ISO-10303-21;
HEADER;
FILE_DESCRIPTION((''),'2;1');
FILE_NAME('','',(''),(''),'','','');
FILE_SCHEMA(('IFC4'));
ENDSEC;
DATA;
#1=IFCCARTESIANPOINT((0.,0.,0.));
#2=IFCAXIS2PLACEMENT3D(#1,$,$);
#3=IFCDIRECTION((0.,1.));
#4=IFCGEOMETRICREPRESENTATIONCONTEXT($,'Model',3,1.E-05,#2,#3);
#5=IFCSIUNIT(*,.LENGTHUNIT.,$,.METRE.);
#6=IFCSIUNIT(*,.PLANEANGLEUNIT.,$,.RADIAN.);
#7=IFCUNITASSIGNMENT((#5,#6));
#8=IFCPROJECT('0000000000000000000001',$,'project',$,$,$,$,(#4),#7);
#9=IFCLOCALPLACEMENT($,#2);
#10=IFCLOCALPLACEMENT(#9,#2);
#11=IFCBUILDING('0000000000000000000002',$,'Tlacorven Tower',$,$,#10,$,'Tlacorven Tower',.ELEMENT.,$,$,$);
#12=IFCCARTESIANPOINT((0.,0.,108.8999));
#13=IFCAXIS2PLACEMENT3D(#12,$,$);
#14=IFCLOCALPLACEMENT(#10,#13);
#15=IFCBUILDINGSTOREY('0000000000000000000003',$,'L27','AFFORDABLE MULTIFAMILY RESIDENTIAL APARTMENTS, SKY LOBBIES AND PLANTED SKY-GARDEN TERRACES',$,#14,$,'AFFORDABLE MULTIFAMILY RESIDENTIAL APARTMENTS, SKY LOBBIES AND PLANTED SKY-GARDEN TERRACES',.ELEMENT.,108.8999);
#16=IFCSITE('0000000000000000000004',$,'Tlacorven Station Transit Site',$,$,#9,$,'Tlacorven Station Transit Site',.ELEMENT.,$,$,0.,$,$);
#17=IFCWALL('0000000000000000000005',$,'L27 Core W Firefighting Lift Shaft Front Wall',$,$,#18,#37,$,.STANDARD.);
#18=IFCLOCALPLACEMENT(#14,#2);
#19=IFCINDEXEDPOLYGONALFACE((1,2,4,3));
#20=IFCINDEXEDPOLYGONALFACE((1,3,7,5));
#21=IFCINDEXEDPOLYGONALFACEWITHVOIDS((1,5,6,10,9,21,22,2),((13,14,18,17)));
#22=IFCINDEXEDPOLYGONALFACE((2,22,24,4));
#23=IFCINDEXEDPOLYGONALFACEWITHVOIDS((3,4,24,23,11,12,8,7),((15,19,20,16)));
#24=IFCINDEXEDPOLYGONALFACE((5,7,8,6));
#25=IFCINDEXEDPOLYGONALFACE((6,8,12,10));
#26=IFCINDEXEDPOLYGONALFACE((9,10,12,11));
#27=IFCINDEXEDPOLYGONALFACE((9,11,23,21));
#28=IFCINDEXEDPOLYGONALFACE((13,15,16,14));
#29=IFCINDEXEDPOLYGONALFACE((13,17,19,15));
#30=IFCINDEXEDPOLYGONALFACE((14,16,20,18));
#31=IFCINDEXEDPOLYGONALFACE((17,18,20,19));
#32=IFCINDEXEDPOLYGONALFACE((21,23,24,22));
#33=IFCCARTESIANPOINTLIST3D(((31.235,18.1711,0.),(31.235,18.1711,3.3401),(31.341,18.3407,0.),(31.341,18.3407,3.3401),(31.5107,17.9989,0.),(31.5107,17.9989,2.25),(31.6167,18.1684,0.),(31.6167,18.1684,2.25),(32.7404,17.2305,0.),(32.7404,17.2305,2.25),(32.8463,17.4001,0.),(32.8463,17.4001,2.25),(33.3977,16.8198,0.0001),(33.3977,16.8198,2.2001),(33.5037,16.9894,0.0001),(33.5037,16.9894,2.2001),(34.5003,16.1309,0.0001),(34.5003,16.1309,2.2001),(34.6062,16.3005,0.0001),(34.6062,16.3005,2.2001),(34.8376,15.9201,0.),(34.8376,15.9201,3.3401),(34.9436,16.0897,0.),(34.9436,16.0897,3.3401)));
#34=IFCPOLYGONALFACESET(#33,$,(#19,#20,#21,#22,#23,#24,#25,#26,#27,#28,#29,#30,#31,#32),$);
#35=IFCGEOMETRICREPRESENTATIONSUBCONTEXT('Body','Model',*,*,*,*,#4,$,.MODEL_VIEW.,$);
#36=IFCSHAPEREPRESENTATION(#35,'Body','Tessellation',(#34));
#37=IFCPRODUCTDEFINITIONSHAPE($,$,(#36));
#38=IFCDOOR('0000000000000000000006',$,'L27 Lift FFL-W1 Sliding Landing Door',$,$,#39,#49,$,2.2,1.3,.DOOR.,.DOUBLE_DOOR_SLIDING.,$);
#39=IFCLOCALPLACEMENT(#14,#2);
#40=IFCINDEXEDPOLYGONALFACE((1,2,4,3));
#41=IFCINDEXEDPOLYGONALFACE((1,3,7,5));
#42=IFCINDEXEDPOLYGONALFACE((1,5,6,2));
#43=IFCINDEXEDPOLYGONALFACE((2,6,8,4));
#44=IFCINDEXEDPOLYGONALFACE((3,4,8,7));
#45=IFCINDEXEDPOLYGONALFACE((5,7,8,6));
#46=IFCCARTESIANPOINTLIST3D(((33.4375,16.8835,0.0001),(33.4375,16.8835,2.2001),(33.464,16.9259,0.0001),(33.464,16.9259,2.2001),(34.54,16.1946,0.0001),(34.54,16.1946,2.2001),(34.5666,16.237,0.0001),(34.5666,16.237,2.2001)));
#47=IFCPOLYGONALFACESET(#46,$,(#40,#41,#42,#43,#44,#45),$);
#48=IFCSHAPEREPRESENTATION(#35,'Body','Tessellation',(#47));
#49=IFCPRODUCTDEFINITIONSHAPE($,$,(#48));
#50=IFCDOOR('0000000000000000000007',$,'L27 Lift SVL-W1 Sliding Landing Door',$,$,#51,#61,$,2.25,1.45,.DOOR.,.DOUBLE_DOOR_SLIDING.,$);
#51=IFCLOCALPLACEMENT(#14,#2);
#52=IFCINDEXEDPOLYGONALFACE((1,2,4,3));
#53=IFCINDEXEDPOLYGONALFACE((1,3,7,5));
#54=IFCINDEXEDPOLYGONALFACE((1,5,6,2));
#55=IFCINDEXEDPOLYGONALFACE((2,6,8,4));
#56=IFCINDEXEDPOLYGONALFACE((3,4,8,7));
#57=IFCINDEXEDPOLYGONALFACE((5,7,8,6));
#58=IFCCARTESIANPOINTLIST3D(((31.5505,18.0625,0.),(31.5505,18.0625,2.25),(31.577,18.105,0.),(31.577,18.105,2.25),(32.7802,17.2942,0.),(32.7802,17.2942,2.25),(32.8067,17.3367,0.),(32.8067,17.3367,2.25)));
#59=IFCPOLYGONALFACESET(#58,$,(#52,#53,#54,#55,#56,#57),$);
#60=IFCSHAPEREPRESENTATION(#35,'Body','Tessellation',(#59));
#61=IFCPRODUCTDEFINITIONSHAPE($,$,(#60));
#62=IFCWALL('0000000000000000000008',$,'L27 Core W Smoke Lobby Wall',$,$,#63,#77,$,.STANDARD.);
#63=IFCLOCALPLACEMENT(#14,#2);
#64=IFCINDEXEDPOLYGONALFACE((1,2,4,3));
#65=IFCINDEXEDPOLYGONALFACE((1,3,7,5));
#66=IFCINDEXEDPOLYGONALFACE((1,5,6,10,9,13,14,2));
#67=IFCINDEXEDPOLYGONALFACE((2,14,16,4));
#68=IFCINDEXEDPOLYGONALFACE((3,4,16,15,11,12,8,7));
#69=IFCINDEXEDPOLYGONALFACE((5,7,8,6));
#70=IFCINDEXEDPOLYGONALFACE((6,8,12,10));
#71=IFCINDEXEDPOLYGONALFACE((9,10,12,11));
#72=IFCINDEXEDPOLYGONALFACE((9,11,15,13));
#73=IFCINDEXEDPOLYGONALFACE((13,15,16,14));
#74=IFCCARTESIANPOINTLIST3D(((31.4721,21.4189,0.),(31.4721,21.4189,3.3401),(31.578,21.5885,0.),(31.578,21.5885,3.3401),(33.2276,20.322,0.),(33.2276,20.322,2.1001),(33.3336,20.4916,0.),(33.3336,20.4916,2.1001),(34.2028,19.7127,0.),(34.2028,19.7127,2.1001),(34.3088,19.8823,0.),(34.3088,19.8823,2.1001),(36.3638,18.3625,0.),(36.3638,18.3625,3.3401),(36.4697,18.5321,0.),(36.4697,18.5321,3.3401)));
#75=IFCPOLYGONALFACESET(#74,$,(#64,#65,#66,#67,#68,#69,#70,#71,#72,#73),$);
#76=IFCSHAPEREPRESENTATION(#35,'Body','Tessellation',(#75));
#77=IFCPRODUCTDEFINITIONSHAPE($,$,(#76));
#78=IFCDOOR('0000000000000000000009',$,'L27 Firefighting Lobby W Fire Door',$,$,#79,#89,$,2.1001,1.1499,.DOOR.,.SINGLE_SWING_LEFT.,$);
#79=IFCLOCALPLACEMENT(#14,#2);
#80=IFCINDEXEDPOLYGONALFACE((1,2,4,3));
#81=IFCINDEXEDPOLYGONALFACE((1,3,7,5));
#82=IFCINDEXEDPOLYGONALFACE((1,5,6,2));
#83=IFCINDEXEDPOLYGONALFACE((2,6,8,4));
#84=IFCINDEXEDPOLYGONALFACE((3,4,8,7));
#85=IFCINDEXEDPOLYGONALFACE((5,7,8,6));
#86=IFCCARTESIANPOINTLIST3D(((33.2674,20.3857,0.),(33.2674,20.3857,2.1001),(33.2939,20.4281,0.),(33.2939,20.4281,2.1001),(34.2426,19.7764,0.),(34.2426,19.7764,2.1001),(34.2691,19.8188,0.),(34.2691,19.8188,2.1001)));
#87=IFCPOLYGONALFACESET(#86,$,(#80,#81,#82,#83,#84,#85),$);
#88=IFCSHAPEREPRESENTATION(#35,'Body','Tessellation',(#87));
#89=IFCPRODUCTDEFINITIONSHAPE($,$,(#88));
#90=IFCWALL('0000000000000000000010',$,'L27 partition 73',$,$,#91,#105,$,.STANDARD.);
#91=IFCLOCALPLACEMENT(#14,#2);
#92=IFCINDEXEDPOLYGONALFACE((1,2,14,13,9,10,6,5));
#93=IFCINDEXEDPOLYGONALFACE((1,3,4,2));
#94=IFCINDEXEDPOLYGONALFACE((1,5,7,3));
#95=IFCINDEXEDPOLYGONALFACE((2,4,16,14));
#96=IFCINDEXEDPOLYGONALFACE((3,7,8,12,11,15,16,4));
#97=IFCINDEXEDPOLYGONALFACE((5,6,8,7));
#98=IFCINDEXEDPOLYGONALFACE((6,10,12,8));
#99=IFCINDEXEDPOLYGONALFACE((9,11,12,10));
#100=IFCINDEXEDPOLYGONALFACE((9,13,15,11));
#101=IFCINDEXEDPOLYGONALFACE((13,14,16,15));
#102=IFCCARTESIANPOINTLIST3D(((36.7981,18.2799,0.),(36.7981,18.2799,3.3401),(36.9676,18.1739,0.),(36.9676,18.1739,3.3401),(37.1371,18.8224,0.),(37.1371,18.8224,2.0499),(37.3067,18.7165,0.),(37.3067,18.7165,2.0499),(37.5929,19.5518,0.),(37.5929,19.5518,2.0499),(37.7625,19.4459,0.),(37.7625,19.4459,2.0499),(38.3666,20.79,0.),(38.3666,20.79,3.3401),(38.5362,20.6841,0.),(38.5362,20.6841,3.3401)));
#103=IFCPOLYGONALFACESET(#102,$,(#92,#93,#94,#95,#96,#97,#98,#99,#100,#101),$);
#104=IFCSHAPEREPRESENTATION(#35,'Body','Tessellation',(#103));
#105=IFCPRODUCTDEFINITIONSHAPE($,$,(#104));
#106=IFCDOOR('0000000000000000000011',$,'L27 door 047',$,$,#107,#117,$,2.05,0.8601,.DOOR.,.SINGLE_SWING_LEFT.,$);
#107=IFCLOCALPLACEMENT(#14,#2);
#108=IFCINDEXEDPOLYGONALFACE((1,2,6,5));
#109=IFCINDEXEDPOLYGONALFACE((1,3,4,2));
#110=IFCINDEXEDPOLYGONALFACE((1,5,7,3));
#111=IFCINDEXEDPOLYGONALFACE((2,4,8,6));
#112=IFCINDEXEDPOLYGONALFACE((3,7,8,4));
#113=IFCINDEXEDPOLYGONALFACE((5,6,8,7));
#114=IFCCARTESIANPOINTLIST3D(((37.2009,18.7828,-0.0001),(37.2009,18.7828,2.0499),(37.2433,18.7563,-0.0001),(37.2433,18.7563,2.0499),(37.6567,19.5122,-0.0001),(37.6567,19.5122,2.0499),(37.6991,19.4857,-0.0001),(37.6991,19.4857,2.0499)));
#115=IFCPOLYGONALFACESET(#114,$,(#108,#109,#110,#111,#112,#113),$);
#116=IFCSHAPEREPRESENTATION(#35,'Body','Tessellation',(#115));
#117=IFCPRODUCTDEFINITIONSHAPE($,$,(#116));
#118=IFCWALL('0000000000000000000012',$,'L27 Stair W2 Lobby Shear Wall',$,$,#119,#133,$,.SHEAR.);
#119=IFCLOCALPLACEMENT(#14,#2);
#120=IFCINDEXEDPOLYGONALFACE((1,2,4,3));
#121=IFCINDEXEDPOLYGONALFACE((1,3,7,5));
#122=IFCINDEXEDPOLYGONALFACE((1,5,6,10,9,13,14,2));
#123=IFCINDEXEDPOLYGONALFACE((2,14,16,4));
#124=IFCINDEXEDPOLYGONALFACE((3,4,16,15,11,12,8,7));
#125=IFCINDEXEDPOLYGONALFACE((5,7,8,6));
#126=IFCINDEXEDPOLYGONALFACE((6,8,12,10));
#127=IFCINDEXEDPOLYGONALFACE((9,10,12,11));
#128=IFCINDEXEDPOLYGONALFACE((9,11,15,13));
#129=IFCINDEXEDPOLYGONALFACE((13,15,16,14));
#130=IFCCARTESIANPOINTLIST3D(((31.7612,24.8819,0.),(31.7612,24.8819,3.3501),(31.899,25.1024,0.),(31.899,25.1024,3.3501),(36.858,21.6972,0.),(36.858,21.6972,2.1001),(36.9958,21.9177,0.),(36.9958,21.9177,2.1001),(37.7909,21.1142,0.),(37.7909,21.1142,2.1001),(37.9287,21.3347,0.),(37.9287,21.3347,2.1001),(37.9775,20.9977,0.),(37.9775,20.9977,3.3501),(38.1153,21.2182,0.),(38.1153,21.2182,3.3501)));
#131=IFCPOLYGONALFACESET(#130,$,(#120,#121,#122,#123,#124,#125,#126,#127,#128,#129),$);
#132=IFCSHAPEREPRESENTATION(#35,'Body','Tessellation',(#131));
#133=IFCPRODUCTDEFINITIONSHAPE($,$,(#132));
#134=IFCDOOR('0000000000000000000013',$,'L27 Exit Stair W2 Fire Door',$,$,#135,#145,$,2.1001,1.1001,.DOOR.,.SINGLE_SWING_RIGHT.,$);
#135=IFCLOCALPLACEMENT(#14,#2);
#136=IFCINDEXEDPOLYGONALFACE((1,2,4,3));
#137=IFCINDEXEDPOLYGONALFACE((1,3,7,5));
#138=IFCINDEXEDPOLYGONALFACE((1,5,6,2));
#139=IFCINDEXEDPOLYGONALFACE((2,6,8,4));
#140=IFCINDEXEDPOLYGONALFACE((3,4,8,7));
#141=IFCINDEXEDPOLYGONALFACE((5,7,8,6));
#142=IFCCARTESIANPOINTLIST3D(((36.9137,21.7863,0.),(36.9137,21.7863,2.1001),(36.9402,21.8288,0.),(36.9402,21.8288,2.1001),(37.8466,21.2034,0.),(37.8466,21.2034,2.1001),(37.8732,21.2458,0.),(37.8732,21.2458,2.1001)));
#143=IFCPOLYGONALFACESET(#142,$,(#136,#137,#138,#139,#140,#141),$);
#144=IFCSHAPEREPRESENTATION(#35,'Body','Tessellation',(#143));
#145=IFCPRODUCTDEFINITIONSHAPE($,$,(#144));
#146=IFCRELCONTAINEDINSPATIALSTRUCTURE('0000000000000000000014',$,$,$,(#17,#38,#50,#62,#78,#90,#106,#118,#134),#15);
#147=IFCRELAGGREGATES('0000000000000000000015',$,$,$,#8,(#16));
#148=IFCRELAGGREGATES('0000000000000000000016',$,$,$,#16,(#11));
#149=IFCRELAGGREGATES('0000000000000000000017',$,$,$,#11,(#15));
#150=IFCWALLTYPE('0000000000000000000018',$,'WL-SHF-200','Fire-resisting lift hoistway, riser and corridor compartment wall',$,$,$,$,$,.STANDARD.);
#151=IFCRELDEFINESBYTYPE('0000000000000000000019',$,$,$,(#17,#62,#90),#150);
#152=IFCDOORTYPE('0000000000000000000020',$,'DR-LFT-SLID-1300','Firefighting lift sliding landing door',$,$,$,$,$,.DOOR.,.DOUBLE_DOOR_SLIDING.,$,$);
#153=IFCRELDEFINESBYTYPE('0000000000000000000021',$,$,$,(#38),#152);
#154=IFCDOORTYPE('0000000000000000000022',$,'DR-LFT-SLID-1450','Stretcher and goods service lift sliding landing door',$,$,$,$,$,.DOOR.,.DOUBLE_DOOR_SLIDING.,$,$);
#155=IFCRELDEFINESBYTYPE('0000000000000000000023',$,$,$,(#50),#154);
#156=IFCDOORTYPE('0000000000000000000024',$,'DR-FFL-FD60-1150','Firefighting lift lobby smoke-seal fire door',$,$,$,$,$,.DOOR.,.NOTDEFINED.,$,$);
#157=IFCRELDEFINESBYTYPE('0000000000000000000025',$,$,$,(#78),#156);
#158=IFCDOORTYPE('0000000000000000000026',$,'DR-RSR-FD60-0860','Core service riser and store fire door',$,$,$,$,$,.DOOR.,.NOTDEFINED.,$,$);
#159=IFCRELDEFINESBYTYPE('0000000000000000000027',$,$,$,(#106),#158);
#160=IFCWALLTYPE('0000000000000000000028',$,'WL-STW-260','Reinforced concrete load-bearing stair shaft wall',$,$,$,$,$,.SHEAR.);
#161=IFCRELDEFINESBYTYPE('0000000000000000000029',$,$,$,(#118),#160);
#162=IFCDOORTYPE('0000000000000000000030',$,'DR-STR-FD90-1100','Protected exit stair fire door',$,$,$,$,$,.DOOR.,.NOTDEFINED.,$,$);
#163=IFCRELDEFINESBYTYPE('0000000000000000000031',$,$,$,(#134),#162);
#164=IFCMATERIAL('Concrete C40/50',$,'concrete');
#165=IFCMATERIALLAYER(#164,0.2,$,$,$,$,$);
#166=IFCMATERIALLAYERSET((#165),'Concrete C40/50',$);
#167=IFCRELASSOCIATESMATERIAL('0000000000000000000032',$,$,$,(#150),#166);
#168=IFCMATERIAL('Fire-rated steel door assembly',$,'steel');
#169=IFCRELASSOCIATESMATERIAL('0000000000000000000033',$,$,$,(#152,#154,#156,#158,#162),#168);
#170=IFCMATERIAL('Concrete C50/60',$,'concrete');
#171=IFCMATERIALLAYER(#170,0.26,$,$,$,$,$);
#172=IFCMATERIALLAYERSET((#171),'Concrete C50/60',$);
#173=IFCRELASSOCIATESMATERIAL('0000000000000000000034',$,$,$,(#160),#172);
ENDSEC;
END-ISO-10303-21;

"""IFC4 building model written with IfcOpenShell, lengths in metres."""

from ifc_helpers import new_model, si_unit, direction, frame, frame_2d, origin, place, context, subcontext, project, spatial, rectangle, extrude, source, transform, mapped, material, layer, layer_set, type_object, element, fill, save


model = new_model("IFC4")

# Units and contexts
model_context = context("Model", 3, precision=1e-05, world=origin(), true_north=direction((0.0, 1.0)))
body_context = subcontext(model_context, "Body", "Model", "MODEL_VIEW")
ifc_project = project(units=[si_unit("LENGTHUNIT", "METRE"), si_unit("PLANEANGLEUNIT", "RADIAN")], contexts=[model_context])

# Site, building, storey
site_placement = place(None, origin())
site = spatial("IfcSite", under=ifc_project, at=site_placement, Name="Tlacorven Station Transit Site", LongName="Tlacorven Station Transit Site", CompositionType="ELEMENT", RefElevation=0.0)
building_placement = place(site_placement, origin())
building = spatial("IfcBuilding", under=site, at=building_placement, Name="Tlacorven Tower", LongName="Tlacorven Tower", CompositionType="ELEMENT")
storey_placement = place(building_placement, frame((0.0, 0.0, 108.8999)))
storey = spatial("IfcBuildingStorey", under=building, at=storey_placement, Name="L27", Description="AFFORDABLE MULTIFAMILY RESIDENTIAL APARTMENTS, SKY LOBBIES AND PLANTED SKY-GARDEN TERRACES", LongName="AFFORDABLE MULTIFAMILY RESIDENTIAL APARTMENTS, SKY LOBBIES AND PLANTED SKY-GARDEN TERRACES", CompositionType="ELEMENT", Elevation=108.8999)

# Shared definitions
ifc_material_1 = material(Name="Fire-rated steel door assembly", Category="steel")

# Wall, openings, doors
ifc_material_2 = material(Name="Concrete C40/50", Category="concrete")
ifc_layer_1 = layer(ifc_material_2, 0.2)
ifc_layer_set_1 = layer_set([ifc_layer_1], Name="Concrete C40/50")
wall_type_1 = type_object("IfcWallType", Name="WL-SHF-200", Description="Fire-resisting lift hoistway, riser and corridor compartment wall", PredefinedType="STANDARD", material=ifc_layer_set_1)
wall_1_placement = place(storey_placement, frame((34.8906, 16.0049, 0.0), z_axis=(0.0, 0.0, 1.0), x_axis=(-0.848063, 0.529896, 0.0)))
wall_1 = element("IfcWall", 1, at=wall_1_placement, inside=storey, type_object=wall_type_1, Name="L27 Core W Firefighting Lift Shaft Front Wall", PredefinedType="STANDARD", context=body_context, shape_type="SweptSolid", body=[
    extrude(rectangle(XDim=4.248, YDim=0.2, at=frame_2d((2.124, 0.0))), origin(), (0.0, 0.0, 1.0), 3.3401),
])
opening_1_placement = place(wall_1_placement, frame((0.3979, 0.0, 0.0)))
opening_1 = element("IfcOpeningElement", 2, at=opening_1_placement, cuts=wall_1, PredefinedType="OPENING", context=body_context, shape_type="SweptSolid", body=[
    extrude(rectangle(XDim=1.3, YDim=2.2, at=frame_2d((0.6499, 1.1001))), frame((0.0, 0.1099, 0.0), z_axis=(0.0, -1.0, 0.0), x_axis=(1.0, 0.0, 0.0)), (0.0, 0.0, 1.0), 0.22),
])
opening_2_placement = place(wall_1_placement, frame((2.4729, 0.0, 0.0)))
opening_2 = element("IfcOpeningElement", 3, at=opening_2_placement, cuts=wall_1, PredefinedType="OPENING", context=body_context, shape_type="SweptSolid", body=[
    extrude(rectangle(XDim=1.45, YDim=2.25, at=frame_2d((0.7251, 1.125))), frame((0.0, 0.1099, 0.0), z_axis=(0.0, -1.0, 0.0), x_axis=(1.0, 0.0, 0.0)), (0.0, 0.0, 1.0), 0.22),
])
door_type_1 = type_object("IfcDoorType", Name="DR-LFT-SLID-1300", Description="Firefighting lift sliding landing door", OperationType="DOUBLE_DOOR_SLIDING", PredefinedType="DOOR", material=ifc_material_1)
shared_shape_1 = source(origin(), body_context, "Body", "SweptSolid", [
    extrude(rectangle(XDim=1.3, YDim=2.2, at=frame_2d((0.6499, 1.1001))), frame((0.0, 0.0249, 0.0), z_axis=(0.0, -1.0, 0.0), x_axis=(1.0, 0.0, 0.0)), (0.0, 0.0, 1.0), 0.05),
])
door_1_placement = place(opening_1_placement, origin())
door_1 = element("IfcDoor", 4, at=door_1_placement, inside=storey, type_object=door_type_1, Name="L27 Lift FFL-W1 Sliding Landing Door", OperationType="DOUBLE_DOOR_SLIDING", OverallHeight=2.2, OverallWidth=1.3, PredefinedType="DOOR", context=body_context, shape_type="MappedRepresentation", body=[
    mapped(shared_shape_1, transform((0.0, 0.0, 0.0), scale=1.0)),
])
fill(opening_1, door_1)
door_type_2 = type_object("IfcDoorType", Name="DR-LFT-SLID-1450", Description="Stretcher and goods service lift sliding landing door", OperationType="DOUBLE_DOOR_SLIDING", PredefinedType="DOOR", material=ifc_material_1)
shared_shape_2 = source(origin(), body_context, "Body", "SweptSolid", [
    extrude(rectangle(XDim=1.45, YDim=2.25, at=frame_2d((0.7251, 1.125))), frame((0.0, 0.0249, 0.0), z_axis=(0.0, -1.0, 0.0), x_axis=(1.0, 0.0, 0.0)), (0.0, 0.0, 1.0), 0.05),
])
door_2_placement = place(opening_2_placement, origin())
door_2 = element("IfcDoor", 5, at=door_2_placement, inside=storey, type_object=door_type_2, Name="L27 Lift SVL-W1 Sliding Landing Door", OperationType="DOUBLE_DOOR_SLIDING", OverallHeight=2.25, OverallWidth=1.45, PredefinedType="DOOR", context=body_context, shape_type="MappedRepresentation", body=[
    mapped(shared_shape_2, transform((0.0, 0.0, 0.0), scale=1.0)),
])
fill(opening_2, door_2)

# Walls, openings, doors
wall_2_placement = place(storey_placement, frame((36.4167, 18.4473, 0.0), z_axis=(0.0, 0.0, 1.0), x_axis=(-0.848065, 0.529892, 0.0)))
wall_2 = element("IfcWall", 6, at=wall_2_placement, inside=storey, type_object=wall_type_1, Name="L27 Core W Smoke Lobby Wall", PredefinedType="STANDARD", context=body_context, shape_type="SweptSolid", body=[
    extrude(rectangle(XDim=5.7681, YDim=0.2, at=frame_2d((2.884, 0.0))), origin(), (0.0, 0.0, 1.0), 3.3401),
])
opening_3_placement = place(wall_2_placement, frame((2.5481, 0.0, 0.0)))
opening_3 = element("IfcOpeningElement", 7, at=opening_3_placement, cuts=wall_2, PredefinedType="OPENING", context=body_context, shape_type="SweptSolid", body=[
    extrude(rectangle(XDim=1.1499, YDim=2.1001, at=frame_2d((0.575, 1.05))), frame((0.0, 0.1099, 0.0), z_axis=(0.0, -1.0, 0.0), x_axis=(1.0, 0.0, 0.0)), (0.0, 0.0, 1.0), 0.22),
])
door_type_3 = type_object("IfcDoorType", Name="DR-FFL-FD60-1150", Description="Firefighting lift lobby smoke-seal fire door", OperationType="NOTDEFINED", PredefinedType="DOOR", material=ifc_material_1)
shared_shape_3 = source(origin(), body_context, "Body", "SweptSolid", [
    extrude(rectangle(XDim=1.1499, YDim=2.1001, at=frame_2d((0.575, 1.05))), frame((0.0, 0.0249, 0.0), z_axis=(0.0, -1.0, 0.0), x_axis=(1.0, 0.0, 0.0)), (0.0, 0.0, 1.0), 0.05),
])
door_3_placement = place(opening_3_placement, origin())
door_3 = element("IfcDoor", 8, at=door_3_placement, inside=storey, type_object=door_type_3, Name="L27 Firefighting Lobby W Fire Door", OperationType="SINGLE_SWING_LEFT", OverallHeight=2.1001, OverallWidth=1.1499, PredefinedType="DOOR", context=body_context, shape_type="MappedRepresentation", body=[
    mapped(shared_shape_3, transform((0.0, 0.0, 0.0), scale=1.0)),
])
fill(opening_3, door_3)
wall_3_placement = place(storey_placement, frame((38.4514, 20.7371, 0.0), z_axis=(0.0, 0.0, 1.0), x_axis=(-0.529925, -0.848045, 0.0)))
wall_3 = element("IfcWall", 9, at=wall_3_placement, inside=storey, type_object=wall_type_1, Name="L27 partition 73", PredefinedType="STANDARD", context=body_context, shape_type="SweptSolid", body=[
    extrude(rectangle(XDim=2.96, YDim=0.2, at=frame_2d((1.48, 0.0))), origin(), (0.0, 0.0, 1.0), 3.3401),
])
opening_4_placement = place(wall_3_placement, frame((1.46, 0.0, 0.0)))
opening_4 = element("IfcOpeningElement", 10, at=opening_4_placement, cuts=wall_3, PredefinedType="OPENING", context=body_context, shape_type="SweptSolid", body=[
    extrude(rectangle(XDim=0.8601, YDim=2.05, at=frame_2d((0.4302, 1.0249))), frame((0.0, 0.1099, 0.0), z_axis=(0.0, -1.0, 0.0), x_axis=(1.0, 0.0, 0.0)), (0.0, 0.0, 1.0), 0.22),
])
door_type_4 = type_object("IfcDoorType", Name="DR-RSR-FD60-0860", Description="Core service riser and store fire door", OperationType="NOTDEFINED", PredefinedType="DOOR", material=ifc_material_1)
shared_shape_4 = source(origin(), body_context, "Body", "SweptSolid", [
    extrude(rectangle(XDim=0.8601, YDim=2.05, at=frame_2d((0.4302, 1.0249))), frame((0.0, 0.0249, 0.0), z_axis=(0.0, -1.0, 0.0), x_axis=(1.0, 0.0, 0.0)), (0.0, 0.0, 1.0), 0.05),
])
door_4_placement = place(opening_4_placement, frame((0.8601, 0.0, 0.0), z_axis=(0.0, 0.0, 1.0), x_axis=(-1.0, 0.0, 0.0)))
door_4 = element("IfcDoor", 11, at=door_4_placement, inside=storey, type_object=door_type_4, Name="L27 door 047", OperationType="SINGLE_SWING_LEFT", OverallHeight=2.05, OverallWidth=0.8601, PredefinedType="DOOR", context=body_context, shape_type="MappedRepresentation", body=[
    mapped(shared_shape_4, transform((0.0, 0.0, 0.0), scale=1.0)),
])
fill(opening_4, door_4)
ifc_material_3 = material(Name="Concrete C50/60", Category="concrete")
ifc_layer_2 = layer(ifc_material_3, 0.26)
ifc_layer_set_2 = layer_set([ifc_layer_2], Name="Concrete C50/60")
wall_type_2 = type_object("IfcWallType", Name="WL-STW-260", Description="Reinforced concrete load-bearing stair shaft wall", PredefinedType="SHEAR", material=ifc_layer_set_2)
wall_4_placement = place(storey_placement, frame((38.0464, 21.1079, 0.0), z_axis=(0.0, 0.0, 1.0), x_axis=(-0.848054, 0.529909, 0.0)))
wall_4 = element("IfcWall", 12, at=wall_4_placement, inside=storey, type_object=wall_type_2, Name="L27 Stair W2 Lobby Shear Wall", PredefinedType="SHEAR", context=body_context, shape_type="SweptSolid", body=[
    extrude(rectangle(XDim=7.3301, YDim=0.26, at=frame_2d((3.665, 0.0))), origin(), (0.0, 0.0, 1.0), 3.3501),
])
opening_5_placement = place(wall_4_placement, frame((0.22, 0.0, 0.0)))
opening_5 = element("IfcOpeningElement", 13, at=opening_5_placement, cuts=wall_4, PredefinedType="OPENING", context=body_context, shape_type="SweptSolid", body=[
    extrude(rectangle(XDim=1.1001, YDim=2.1001, at=frame_2d((0.55, 1.05))), frame((0.0, 0.1401, 0.0), z_axis=(0.0, -1.0, 0.0), x_axis=(1.0, 0.0, 0.0)), (0.0, 0.0, 1.0), 0.28),
])
door_type_5 = type_object("IfcDoorType", Name="DR-STR-FD90-1100", Description="Protected exit stair fire door", OperationType="NOTDEFINED", PredefinedType="DOOR", material=ifc_material_1)
shared_shape_5 = source(origin(), body_context, "Body", "SweptSolid", [
    extrude(rectangle(XDim=1.1001, YDim=2.1001, at=frame_2d((0.55, 1.05))), frame((0.0, 0.0249, 0.0), z_axis=(0.0, -1.0, 0.0), x_axis=(1.0, 0.0, 0.0)), (0.0, 0.0, 1.0), 0.05),
])
door_5_placement = place(opening_5_placement, origin())
door_5 = element("IfcDoor", 14, at=door_5_placement, inside=storey, type_object=door_type_5, Name="L27 Exit Stair W2 Fire Door", OperationType="SINGLE_SWING_RIGHT", OverallHeight=2.1001, OverallWidth=1.1001, PredefinedType="DOOR", context=body_context, shape_type="MappedRepresentation", body=[
    mapped(shared_shape_5, transform((0.0, 0.0, 0.0), scale=1.0)),
])
fill(opening_5, door_5)

save(model, "model.ifc")
